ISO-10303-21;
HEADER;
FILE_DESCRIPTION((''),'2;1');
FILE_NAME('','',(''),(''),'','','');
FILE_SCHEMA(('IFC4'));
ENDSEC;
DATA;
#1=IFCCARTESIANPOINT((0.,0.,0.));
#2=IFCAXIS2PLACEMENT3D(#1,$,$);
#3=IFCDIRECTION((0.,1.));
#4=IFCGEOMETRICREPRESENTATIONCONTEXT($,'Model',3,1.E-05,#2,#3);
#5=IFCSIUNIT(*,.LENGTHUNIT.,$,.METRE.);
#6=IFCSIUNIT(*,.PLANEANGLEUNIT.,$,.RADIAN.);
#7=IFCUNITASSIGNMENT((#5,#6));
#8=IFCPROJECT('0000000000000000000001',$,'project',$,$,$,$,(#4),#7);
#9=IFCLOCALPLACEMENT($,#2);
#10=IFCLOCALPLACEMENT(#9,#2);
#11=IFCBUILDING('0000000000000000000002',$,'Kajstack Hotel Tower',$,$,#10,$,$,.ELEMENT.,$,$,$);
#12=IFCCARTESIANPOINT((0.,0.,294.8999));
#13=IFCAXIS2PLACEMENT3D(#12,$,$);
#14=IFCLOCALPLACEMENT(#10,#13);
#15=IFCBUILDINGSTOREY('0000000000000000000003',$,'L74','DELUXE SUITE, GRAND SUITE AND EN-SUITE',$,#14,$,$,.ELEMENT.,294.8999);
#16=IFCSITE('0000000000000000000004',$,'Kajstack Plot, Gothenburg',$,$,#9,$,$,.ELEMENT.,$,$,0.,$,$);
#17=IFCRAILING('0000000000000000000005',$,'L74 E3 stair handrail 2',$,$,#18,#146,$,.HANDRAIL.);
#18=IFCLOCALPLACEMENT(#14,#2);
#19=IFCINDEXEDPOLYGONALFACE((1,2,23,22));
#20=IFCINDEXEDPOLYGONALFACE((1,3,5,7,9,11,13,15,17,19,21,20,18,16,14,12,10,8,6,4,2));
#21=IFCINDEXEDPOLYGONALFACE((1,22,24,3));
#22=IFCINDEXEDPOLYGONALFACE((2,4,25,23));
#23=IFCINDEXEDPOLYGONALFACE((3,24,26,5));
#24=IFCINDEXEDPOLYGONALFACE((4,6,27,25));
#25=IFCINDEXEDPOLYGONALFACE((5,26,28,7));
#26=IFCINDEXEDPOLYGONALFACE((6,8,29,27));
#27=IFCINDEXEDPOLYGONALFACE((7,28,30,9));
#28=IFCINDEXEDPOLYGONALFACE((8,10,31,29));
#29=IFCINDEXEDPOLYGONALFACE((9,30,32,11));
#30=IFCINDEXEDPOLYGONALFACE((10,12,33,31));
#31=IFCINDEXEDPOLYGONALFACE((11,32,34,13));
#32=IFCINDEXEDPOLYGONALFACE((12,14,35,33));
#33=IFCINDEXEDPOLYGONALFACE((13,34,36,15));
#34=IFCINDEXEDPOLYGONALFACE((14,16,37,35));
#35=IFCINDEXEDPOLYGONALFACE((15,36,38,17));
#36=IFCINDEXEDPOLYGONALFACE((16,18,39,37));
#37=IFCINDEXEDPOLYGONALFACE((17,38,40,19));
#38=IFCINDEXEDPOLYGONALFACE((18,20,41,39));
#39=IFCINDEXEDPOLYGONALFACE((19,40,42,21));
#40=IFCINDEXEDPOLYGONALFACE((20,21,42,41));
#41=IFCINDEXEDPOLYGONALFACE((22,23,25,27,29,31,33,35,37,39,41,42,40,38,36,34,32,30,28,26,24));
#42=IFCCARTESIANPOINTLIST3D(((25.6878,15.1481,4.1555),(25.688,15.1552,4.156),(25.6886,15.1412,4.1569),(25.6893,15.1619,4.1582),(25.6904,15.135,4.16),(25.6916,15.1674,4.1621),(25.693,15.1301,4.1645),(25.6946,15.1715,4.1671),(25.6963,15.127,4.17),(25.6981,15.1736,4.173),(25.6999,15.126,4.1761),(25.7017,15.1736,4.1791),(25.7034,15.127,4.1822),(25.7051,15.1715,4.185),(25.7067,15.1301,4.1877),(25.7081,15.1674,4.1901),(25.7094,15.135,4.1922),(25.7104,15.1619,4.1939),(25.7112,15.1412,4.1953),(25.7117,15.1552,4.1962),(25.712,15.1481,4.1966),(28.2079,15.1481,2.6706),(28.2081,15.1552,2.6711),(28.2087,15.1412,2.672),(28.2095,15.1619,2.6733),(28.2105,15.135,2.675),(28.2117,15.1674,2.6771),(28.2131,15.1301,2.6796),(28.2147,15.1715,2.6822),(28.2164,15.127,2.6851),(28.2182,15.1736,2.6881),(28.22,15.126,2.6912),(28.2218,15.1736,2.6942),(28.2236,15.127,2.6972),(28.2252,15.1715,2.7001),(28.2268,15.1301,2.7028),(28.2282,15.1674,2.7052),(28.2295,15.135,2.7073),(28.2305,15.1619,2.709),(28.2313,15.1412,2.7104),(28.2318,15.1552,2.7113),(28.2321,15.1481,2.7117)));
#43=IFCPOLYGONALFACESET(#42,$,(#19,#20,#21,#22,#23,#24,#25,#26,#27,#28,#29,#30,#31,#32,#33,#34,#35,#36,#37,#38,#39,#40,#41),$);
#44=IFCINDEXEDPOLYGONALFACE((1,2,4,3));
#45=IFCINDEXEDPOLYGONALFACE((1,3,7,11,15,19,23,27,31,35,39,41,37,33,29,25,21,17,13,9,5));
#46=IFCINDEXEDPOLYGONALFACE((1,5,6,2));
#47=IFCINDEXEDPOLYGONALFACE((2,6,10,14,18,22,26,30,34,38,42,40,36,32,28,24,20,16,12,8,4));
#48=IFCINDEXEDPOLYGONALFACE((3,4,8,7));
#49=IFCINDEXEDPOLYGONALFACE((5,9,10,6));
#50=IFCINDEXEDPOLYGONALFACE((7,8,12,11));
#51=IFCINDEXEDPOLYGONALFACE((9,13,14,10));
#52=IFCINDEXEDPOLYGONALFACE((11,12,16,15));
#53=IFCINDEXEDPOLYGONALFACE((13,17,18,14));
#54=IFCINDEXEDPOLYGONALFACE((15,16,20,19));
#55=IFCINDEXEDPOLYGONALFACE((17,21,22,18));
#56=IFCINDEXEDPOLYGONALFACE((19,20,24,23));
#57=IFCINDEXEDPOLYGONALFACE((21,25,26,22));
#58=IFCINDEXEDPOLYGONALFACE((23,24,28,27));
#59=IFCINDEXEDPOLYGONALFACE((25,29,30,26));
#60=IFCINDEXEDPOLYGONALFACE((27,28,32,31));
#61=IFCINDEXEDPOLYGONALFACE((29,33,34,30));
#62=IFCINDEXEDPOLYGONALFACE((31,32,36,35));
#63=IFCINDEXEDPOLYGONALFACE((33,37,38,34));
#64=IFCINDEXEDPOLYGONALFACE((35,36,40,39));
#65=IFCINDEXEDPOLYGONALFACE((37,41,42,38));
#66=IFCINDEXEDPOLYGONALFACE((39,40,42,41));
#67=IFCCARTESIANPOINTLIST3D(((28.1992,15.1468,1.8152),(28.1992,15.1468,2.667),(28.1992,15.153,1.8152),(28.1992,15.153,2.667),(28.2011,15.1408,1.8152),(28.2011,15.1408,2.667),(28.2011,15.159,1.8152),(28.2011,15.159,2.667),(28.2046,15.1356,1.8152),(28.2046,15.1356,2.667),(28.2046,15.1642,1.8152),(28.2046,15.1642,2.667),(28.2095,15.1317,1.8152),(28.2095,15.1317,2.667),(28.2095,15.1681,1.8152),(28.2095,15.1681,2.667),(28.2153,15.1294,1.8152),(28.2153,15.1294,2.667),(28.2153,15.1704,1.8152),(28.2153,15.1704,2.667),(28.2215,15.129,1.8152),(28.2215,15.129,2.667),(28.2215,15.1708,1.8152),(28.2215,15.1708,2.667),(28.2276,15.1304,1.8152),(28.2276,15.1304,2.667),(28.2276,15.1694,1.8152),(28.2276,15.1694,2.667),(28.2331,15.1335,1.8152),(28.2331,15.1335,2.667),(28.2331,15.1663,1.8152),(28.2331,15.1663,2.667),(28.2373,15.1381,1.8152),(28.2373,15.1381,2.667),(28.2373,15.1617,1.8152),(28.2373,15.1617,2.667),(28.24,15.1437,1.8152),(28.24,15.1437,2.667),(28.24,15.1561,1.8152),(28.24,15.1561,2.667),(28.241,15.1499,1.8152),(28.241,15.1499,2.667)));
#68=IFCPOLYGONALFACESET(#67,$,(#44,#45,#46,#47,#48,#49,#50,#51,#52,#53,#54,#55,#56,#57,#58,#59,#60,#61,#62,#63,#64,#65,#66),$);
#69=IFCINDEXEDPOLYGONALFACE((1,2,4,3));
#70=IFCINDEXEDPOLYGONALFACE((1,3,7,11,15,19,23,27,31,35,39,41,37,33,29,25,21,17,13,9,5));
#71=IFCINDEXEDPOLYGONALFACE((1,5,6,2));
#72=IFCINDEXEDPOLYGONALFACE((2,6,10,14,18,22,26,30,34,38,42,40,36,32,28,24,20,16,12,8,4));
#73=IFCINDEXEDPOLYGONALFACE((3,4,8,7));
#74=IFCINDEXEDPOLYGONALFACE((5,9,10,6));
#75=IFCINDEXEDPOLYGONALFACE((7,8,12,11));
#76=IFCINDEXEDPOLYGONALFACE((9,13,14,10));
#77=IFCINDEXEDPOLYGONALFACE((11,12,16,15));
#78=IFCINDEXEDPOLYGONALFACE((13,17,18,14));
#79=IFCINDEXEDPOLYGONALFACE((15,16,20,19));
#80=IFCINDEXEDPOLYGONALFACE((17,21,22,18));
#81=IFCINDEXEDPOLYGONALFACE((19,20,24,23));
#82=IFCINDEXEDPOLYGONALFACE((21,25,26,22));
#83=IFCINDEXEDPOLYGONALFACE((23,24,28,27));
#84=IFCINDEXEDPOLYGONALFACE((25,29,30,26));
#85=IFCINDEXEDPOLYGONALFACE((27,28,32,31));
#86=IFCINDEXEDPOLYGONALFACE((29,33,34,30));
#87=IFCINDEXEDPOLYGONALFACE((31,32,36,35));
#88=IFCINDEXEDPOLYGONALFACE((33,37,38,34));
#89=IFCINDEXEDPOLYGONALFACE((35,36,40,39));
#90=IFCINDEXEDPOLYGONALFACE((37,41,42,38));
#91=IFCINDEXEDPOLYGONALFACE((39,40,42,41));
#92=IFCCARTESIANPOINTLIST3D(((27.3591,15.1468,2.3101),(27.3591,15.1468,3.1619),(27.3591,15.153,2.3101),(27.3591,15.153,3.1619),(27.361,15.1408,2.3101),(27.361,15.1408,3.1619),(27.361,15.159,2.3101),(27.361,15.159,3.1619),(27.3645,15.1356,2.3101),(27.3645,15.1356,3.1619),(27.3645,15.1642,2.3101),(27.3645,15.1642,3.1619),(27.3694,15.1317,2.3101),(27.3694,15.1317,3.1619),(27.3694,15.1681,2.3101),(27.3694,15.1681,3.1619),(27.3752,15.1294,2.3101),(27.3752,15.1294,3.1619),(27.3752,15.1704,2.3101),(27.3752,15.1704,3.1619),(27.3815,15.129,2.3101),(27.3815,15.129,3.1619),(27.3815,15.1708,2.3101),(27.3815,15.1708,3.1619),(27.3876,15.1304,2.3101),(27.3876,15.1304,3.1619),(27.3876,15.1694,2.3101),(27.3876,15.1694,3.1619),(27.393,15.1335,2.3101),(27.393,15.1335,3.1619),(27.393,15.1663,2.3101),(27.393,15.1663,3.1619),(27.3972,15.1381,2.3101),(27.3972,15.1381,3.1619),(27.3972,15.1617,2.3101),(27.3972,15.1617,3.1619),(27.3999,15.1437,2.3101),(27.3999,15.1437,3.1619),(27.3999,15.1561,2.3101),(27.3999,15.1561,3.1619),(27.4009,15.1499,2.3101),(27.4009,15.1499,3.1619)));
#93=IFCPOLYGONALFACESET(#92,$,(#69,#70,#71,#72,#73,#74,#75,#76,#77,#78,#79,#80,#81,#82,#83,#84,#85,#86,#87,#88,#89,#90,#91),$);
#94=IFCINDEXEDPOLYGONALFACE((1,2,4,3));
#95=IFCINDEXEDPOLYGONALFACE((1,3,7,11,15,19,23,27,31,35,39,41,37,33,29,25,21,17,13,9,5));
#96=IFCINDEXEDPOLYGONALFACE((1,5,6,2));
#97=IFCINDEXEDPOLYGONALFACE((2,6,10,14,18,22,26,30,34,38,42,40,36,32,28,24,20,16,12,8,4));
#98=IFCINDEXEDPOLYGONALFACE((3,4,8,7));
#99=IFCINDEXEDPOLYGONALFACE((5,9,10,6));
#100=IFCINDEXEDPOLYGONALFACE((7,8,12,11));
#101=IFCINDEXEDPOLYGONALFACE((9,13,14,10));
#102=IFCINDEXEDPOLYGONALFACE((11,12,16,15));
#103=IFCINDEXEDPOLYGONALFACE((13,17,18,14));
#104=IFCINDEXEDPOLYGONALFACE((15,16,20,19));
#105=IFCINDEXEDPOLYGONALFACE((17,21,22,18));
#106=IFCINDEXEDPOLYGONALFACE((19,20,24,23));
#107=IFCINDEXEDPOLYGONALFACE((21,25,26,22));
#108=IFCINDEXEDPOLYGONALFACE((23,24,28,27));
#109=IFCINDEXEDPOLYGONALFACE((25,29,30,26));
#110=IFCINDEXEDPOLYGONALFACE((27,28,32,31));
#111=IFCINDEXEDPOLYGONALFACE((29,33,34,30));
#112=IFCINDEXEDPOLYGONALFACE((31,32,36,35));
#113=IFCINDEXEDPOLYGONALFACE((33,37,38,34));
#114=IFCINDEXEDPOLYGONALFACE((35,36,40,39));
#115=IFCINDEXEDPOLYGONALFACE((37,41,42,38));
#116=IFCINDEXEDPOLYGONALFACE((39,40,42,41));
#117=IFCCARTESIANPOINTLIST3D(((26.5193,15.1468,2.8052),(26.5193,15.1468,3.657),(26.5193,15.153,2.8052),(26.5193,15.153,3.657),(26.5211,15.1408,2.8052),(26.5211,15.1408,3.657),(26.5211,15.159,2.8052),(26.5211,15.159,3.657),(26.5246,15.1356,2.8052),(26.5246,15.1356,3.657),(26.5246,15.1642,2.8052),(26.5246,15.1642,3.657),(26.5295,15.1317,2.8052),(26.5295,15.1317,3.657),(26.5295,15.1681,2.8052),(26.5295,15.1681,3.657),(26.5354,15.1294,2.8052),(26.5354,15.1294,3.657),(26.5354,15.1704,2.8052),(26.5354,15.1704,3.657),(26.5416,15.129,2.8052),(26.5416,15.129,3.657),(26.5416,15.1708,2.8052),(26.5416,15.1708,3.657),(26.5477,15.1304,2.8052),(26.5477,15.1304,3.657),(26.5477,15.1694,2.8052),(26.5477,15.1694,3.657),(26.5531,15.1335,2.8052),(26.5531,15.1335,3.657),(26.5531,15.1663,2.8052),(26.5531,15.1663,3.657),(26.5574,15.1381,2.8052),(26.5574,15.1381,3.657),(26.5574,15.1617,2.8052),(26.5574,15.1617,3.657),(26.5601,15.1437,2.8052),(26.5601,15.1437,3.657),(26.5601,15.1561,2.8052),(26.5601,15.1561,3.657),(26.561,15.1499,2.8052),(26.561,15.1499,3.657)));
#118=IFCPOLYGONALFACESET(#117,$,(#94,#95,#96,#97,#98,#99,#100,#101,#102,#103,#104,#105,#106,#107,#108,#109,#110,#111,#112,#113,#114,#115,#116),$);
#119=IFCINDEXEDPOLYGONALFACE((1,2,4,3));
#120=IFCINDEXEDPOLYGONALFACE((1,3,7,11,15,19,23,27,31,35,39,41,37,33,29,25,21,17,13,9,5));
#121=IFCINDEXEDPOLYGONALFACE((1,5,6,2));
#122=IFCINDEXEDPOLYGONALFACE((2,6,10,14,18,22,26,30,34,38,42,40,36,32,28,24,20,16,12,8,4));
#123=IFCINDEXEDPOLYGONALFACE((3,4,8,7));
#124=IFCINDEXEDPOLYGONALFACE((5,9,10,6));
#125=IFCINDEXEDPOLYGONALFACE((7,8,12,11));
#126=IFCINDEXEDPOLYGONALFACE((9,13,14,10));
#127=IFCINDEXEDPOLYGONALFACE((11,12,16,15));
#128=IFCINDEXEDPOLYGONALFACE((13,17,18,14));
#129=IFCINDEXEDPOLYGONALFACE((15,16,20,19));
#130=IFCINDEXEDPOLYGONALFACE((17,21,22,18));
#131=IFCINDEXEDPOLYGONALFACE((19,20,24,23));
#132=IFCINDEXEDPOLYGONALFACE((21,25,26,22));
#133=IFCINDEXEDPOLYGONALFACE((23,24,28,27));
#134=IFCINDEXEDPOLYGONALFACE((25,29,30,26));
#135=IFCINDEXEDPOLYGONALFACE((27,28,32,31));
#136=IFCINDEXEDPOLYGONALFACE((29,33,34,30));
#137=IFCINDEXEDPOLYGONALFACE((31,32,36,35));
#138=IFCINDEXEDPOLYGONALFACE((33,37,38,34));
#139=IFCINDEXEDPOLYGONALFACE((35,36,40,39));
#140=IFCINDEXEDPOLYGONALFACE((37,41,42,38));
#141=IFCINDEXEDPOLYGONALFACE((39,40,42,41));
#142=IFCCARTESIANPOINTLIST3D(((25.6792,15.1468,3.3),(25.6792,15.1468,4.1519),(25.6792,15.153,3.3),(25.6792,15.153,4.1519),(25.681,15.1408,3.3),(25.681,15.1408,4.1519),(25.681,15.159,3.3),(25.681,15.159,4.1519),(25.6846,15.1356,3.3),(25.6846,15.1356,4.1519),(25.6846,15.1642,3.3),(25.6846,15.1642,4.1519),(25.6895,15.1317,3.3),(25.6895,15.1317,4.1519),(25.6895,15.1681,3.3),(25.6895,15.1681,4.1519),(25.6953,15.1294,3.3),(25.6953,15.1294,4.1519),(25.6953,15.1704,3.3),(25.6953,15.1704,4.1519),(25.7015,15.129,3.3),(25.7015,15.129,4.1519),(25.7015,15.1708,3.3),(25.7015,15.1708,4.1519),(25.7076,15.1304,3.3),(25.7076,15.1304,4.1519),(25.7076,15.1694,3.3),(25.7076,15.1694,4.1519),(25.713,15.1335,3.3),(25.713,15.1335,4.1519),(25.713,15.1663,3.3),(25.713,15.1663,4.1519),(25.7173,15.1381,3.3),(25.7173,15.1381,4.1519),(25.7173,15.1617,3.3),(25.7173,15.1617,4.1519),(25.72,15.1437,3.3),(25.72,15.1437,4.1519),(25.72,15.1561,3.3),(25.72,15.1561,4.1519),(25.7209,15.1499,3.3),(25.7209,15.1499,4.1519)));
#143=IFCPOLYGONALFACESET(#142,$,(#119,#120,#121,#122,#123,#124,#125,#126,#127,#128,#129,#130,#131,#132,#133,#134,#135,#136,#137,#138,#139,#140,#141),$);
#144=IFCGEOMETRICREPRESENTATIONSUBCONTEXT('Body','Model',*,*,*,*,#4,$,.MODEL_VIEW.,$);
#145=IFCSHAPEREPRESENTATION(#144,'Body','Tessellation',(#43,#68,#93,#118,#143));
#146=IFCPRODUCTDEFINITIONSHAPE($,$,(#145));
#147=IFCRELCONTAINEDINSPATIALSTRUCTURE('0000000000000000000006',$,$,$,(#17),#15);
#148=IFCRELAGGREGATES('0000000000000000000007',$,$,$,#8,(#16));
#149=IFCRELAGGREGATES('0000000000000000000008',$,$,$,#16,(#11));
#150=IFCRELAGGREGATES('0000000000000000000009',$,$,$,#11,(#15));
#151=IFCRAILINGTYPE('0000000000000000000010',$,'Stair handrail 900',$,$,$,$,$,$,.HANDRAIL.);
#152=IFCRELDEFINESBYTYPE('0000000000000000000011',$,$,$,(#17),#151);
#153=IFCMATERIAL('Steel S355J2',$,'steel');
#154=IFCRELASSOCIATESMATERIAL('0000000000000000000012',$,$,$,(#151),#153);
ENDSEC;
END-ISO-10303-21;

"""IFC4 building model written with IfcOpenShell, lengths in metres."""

from ifc_helpers import new_model, si_unit, direction, frame, origin, origin_2d, place, context, subcontext, project, spatial, circle, extrude, material, type_object, element, save


model = new_model("IFC4")

# Units and contexts
model_context = context("Model", 3, precision=1e-05, world=origin(), true_north=direction((0.0, 1.0)))
body_context = subcontext(model_context, "Body", "Model", "MODEL_VIEW")
ifc_project = project(units=[si_unit("LENGTHUNIT", "METRE"), si_unit("PLANEANGLEUNIT", "RADIAN")], contexts=[model_context])

# Site, building, storey
site_placement = place(None, origin())
site = spatial("IfcSite", under=ifc_project, at=site_placement, Name="Kajstack Plot, Gothenburg", CompositionType="ELEMENT", RefElevation=0.0)
building_placement = place(site_placement, origin())
building = spatial("IfcBuilding", under=site, at=building_placement, Name="Kajstack Hotel Tower", CompositionType="ELEMENT")
storey_placement = place(building_placement, frame((0.0, 0.0, 294.8999)))
storey = spatial("IfcBuildingStorey", under=building, at=storey_placement, Name="L74", Description="DELUXE SUITE, GRAND SUITE AND EN-SUITE", CompositionType="ELEMENT", Elevation=294.8999)

# Railing
ifc_material_1 = material(Name="Steel S355J2", Category="steel")
railing_type_1 = type_object("IfcRailingType", Name="Stair handrail 900", PredefinedType="HANDRAIL", material=ifc_material_1)
railing_1_placement = place(storey_placement, frame((28.22, 15.1499, 1.8152)))
element("IfcRailing", 1, at=railing_1_placement, inside=storey, type_object=railing_type_1, Name="L74 E3 stair handrail 2", PredefinedType="HANDRAIL", context=body_context, shape_type="SweptSolid", body=[
    extrude(circle(Radius=0.0239, at=origin_2d()), frame((0.0, 0.0, 0.876), z_axis=(-0.861561, 0.0, 0.507655), x_axis=(0.0, -1.0, 0.0)), (0.0, 0.0, 1.0), 2.925),
    extrude(circle(Radius=0.021, at=origin_2d()), origin(), (0.0, 0.0, 1.0), 0.8518),
    extrude(circle(Radius=0.021, at=origin_2d()), frame((-0.8401, 0.0, 0.4949)), (0.0, 0.0, 1.0), 0.8518),
    extrude(circle(Radius=0.021, at=origin_2d()), frame((-1.6799, 0.0, 0.99)), (0.0, 0.0, 1.0), 0.8518),
    extrude(circle(Radius=0.021, at=origin_2d()), frame((-2.52, 0.0, 1.4849)), (0.0, 0.0, 1.0), 0.8518),
])

save(model, "model.ifc")
